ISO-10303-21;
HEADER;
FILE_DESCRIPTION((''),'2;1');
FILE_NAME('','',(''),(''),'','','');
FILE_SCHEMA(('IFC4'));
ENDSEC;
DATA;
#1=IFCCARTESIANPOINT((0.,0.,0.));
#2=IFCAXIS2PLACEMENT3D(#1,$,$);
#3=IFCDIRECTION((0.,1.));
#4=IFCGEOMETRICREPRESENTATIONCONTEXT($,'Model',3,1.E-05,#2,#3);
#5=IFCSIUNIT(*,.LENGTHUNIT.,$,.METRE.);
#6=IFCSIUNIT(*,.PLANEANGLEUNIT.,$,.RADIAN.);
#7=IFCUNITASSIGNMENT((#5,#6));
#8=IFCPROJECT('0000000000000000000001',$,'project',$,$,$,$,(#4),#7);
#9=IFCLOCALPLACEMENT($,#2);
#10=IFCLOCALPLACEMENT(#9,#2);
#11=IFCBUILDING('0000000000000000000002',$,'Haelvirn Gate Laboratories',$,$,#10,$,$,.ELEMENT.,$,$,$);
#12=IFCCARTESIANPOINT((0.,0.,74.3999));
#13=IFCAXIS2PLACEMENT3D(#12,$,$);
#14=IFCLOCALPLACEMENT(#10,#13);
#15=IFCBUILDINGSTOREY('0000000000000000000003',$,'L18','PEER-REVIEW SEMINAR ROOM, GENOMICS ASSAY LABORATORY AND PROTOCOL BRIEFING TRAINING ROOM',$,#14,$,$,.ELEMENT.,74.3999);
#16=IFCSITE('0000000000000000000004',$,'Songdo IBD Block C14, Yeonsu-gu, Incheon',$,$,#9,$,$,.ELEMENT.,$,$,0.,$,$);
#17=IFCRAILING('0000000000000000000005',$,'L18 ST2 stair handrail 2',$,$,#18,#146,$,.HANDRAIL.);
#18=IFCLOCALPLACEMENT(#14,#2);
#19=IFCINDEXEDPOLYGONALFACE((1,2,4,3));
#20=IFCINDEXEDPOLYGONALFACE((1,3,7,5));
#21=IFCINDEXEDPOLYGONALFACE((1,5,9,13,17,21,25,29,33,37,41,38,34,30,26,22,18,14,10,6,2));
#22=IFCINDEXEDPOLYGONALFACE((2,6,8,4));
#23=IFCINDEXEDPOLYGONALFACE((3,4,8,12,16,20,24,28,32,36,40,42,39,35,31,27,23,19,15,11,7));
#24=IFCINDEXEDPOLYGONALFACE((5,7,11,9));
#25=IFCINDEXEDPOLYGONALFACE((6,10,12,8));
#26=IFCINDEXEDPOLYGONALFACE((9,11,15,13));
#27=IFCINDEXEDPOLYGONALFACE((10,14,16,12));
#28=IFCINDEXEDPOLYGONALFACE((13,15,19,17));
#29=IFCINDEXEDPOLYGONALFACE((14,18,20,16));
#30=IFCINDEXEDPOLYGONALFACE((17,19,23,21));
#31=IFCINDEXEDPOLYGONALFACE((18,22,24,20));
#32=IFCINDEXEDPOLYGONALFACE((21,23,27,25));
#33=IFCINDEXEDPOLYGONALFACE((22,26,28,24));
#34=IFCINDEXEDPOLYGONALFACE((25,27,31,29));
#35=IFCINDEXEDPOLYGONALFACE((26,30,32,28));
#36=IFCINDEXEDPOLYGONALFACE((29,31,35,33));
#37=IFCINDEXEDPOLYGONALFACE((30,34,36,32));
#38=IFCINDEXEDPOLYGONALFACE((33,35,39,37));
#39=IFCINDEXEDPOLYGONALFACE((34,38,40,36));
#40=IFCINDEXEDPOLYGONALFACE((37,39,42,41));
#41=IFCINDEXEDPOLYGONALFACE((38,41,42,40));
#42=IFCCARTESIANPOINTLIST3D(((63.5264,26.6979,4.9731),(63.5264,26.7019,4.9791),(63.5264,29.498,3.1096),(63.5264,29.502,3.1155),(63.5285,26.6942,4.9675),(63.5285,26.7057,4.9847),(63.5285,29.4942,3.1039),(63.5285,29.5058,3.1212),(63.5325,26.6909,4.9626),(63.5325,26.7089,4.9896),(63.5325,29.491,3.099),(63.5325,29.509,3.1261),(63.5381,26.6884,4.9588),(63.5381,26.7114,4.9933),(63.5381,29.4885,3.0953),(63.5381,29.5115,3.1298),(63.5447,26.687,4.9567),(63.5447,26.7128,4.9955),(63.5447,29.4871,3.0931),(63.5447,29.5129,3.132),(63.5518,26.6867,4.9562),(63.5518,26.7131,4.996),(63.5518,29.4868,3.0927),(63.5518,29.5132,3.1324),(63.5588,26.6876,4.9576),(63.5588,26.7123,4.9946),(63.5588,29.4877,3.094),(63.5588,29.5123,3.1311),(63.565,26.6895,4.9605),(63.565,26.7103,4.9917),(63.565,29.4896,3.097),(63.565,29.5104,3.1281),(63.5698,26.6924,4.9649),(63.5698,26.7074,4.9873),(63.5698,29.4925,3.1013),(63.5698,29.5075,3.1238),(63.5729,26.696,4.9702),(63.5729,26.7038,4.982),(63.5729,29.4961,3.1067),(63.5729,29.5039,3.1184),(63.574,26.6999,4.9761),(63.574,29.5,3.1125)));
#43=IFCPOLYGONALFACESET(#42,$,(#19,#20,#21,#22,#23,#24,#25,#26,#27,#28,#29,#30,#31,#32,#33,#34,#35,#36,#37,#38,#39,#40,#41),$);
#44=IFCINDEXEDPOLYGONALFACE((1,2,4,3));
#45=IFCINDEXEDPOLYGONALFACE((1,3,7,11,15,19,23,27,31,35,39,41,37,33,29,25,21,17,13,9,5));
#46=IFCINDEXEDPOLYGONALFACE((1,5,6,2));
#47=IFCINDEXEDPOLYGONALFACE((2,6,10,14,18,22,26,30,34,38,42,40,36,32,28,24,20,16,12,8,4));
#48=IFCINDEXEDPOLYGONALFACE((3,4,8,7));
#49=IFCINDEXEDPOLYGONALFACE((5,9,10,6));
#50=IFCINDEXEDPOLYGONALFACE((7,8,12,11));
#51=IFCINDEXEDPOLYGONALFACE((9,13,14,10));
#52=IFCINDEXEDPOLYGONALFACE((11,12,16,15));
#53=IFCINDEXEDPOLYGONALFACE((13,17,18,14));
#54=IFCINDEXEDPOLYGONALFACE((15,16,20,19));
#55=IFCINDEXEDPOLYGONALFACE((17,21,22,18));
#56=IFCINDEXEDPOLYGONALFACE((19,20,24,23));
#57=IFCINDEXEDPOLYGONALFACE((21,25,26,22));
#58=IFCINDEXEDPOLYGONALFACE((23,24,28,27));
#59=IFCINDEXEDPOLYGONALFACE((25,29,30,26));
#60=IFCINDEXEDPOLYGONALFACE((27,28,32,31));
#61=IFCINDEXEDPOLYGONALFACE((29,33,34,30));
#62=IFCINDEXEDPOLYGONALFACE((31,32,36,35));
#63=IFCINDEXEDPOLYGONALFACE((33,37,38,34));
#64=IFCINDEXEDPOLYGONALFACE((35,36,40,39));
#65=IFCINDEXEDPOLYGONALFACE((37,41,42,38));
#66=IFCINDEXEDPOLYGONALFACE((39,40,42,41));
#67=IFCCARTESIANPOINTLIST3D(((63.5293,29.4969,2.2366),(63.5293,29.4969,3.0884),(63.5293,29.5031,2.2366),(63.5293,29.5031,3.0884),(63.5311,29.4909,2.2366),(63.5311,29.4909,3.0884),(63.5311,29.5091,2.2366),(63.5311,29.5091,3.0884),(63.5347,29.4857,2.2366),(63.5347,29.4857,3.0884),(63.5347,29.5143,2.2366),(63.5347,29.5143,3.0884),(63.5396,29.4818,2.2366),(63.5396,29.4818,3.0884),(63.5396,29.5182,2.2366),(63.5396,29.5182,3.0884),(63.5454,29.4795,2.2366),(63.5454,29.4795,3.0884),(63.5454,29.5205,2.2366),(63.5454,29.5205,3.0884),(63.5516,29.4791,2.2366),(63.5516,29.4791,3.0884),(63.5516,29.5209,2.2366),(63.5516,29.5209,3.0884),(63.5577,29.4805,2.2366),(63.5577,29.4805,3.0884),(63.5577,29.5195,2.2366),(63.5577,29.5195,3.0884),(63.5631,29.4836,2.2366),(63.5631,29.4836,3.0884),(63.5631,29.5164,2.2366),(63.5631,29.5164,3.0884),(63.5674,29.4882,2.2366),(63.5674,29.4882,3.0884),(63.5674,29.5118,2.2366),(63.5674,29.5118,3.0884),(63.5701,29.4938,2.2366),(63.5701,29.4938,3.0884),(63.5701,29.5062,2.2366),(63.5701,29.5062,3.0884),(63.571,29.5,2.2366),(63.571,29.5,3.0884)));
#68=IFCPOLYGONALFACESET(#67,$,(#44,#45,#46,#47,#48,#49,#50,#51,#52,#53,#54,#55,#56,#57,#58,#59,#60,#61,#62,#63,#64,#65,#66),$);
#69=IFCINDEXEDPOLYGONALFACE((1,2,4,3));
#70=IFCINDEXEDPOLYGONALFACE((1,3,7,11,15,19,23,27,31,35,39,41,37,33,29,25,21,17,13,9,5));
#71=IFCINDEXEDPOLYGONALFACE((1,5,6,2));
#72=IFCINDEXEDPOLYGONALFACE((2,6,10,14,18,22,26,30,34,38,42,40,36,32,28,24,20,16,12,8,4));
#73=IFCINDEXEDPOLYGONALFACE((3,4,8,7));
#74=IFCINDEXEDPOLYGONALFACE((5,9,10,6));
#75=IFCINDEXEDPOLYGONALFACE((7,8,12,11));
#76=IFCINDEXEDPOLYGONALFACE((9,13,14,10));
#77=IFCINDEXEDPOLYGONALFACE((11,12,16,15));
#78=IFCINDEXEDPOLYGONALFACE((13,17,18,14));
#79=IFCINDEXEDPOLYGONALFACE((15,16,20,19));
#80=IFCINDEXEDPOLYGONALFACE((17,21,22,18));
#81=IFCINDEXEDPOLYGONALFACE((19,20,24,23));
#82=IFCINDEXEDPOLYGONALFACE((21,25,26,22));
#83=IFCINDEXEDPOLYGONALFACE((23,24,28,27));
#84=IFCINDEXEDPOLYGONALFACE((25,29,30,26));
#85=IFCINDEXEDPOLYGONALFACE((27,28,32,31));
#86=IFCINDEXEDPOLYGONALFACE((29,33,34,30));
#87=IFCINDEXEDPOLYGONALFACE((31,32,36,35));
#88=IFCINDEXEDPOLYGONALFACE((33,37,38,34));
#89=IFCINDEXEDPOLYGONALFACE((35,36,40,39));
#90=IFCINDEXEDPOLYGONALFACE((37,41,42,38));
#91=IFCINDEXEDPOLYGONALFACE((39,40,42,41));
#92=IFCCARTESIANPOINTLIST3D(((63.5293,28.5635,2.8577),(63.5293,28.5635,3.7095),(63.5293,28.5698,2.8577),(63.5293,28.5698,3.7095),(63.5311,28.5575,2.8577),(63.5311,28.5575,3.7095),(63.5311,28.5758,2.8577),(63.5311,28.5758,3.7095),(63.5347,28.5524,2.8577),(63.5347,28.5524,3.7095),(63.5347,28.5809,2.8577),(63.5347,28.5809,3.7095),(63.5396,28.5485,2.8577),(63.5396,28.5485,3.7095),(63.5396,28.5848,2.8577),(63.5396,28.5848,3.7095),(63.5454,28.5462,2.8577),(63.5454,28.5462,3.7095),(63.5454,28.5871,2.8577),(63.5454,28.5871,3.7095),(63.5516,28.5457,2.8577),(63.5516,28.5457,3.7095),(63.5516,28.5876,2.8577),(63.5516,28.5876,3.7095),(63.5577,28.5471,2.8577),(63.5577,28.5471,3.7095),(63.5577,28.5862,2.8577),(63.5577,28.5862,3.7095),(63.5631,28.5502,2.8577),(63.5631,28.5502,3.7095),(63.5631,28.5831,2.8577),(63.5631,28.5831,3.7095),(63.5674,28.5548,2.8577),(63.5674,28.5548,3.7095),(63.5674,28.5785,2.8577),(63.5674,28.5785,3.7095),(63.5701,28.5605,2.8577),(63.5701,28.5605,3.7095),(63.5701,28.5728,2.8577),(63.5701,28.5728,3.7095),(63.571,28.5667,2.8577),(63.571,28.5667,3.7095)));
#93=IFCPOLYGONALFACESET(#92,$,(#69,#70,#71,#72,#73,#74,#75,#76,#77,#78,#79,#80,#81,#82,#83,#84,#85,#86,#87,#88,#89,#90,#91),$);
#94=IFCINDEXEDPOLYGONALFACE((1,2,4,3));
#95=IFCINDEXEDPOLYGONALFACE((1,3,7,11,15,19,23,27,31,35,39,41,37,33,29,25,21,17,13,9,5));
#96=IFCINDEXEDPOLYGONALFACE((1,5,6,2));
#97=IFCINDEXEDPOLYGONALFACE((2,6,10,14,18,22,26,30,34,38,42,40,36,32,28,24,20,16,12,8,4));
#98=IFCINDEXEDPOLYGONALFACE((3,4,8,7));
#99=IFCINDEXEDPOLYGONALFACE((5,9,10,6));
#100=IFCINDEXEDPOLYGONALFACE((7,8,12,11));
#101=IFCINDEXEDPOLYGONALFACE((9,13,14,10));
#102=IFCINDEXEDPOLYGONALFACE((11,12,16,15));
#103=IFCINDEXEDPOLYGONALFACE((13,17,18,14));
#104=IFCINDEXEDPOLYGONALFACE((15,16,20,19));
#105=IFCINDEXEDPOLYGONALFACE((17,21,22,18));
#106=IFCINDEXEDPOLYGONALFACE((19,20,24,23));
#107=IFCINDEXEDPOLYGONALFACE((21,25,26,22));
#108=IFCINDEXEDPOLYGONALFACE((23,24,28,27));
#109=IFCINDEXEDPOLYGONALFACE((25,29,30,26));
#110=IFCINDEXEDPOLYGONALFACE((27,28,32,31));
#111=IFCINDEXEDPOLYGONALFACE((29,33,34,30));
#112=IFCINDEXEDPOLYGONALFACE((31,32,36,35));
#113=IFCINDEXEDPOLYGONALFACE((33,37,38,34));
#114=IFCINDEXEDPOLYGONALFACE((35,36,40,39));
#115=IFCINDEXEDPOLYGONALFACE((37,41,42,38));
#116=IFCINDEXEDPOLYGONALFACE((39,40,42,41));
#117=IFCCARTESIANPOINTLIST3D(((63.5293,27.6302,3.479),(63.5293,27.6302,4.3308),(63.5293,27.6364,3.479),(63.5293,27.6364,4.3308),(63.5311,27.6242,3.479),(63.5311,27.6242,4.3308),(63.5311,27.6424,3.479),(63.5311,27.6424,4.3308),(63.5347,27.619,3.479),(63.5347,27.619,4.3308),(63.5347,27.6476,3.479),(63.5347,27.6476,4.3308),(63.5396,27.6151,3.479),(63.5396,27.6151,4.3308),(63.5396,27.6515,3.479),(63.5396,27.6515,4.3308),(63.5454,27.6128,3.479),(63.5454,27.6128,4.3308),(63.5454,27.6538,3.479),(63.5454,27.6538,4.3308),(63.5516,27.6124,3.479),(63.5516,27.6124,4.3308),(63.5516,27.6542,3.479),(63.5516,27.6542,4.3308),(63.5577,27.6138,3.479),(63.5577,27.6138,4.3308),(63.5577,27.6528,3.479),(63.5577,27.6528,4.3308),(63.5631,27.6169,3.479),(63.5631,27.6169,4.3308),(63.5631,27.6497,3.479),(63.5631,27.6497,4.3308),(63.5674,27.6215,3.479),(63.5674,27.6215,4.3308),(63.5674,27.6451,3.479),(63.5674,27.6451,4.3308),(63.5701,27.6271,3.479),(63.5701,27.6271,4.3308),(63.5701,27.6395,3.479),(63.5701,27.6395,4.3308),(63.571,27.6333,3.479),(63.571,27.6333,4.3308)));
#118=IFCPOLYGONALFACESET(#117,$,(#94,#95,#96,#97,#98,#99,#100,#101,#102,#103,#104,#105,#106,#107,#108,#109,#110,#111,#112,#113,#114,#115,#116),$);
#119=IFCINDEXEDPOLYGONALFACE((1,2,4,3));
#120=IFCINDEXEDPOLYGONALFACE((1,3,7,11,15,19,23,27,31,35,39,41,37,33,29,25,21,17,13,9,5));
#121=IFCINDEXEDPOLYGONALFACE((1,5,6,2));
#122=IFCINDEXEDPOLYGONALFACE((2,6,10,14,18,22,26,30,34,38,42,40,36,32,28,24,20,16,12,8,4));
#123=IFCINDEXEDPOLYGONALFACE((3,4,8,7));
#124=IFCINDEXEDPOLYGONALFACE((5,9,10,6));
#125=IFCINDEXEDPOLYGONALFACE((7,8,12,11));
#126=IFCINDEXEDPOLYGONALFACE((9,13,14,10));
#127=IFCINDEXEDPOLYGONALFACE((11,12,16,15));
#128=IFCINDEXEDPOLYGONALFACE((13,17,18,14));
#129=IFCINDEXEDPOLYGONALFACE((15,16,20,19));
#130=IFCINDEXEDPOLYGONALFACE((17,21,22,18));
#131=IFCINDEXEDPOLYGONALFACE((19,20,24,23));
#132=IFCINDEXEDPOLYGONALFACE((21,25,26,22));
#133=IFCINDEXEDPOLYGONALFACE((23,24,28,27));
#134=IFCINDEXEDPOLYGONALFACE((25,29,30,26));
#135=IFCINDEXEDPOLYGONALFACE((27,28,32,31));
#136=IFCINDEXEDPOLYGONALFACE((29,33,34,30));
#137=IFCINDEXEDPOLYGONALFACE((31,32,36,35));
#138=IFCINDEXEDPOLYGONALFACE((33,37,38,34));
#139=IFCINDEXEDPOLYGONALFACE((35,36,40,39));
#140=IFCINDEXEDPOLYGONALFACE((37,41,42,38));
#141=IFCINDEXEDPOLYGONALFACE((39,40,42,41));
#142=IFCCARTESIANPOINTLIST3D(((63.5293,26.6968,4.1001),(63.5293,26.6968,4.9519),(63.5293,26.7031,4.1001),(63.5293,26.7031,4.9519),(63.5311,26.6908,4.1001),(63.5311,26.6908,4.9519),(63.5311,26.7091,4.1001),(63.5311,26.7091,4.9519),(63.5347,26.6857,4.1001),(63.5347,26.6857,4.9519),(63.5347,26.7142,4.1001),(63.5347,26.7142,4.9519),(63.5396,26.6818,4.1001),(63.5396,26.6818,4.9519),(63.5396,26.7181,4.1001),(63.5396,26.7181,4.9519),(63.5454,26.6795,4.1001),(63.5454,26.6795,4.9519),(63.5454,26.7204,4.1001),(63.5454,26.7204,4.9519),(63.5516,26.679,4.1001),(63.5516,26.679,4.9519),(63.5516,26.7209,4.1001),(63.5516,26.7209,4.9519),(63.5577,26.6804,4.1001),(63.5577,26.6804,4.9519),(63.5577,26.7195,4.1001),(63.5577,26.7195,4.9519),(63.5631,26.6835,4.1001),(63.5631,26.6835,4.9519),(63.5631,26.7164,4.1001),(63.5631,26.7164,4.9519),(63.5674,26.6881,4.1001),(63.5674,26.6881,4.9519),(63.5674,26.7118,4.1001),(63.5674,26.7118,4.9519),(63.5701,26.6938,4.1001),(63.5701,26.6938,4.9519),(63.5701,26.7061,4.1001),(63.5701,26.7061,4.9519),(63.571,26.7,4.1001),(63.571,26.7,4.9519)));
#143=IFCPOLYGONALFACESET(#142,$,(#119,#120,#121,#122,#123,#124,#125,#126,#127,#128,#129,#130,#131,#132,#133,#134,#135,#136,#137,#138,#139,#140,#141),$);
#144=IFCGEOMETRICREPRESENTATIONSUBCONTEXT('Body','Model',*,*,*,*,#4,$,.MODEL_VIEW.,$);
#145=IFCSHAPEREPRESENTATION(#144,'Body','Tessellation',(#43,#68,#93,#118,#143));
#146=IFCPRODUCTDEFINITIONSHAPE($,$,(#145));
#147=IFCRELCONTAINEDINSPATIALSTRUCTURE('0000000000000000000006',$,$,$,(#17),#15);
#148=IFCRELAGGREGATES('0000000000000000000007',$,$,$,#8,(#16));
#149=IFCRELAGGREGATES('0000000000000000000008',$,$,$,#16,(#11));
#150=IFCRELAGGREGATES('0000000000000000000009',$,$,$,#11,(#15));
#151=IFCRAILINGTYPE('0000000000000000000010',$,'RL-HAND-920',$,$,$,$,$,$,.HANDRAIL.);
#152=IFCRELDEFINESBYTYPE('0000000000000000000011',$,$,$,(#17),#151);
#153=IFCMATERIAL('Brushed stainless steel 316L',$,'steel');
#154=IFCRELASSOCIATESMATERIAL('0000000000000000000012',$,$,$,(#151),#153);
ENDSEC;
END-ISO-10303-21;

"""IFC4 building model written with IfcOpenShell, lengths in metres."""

from ifc_helpers import new_model, si_unit, direction, frame, origin, origin_2d, place, context, subcontext, project, spatial, circle, extrude, source, transform, mapped, material, type_object, element, save


model = new_model("IFC4")

# Units and contexts
model_context = context("Model", 3, precision=1e-05, world=origin(), true_north=direction((0.0, 1.0)))
body_context = subcontext(model_context, "Body", "Model", "MODEL_VIEW")
ifc_project = project(units=[si_unit("LENGTHUNIT", "METRE"), si_unit("PLANEANGLEUNIT", "RADIAN")], contexts=[model_context])

# Site, building, storey
site_placement = place(None, origin())
site = spatial("IfcSite", under=ifc_project, at=site_placement, Name="Songdo IBD Block C14, Yeonsu-gu, Incheon", CompositionType="ELEMENT", RefElevation=0.0)
building_placement = place(site_placement, origin())
building = spatial("IfcBuilding", under=site, at=building_placement, Name="Haelvirn Gate Laboratories", CompositionType="ELEMENT")
storey_placement = place(building_placement, frame((0.0, 0.0, 74.3999)))
storey = spatial("IfcBuildingStorey", under=building, at=storey_placement, Name="L18", Description="PEER-REVIEW SEMINAR ROOM, GENOMICS ASSAY LABORATORY AND PROTOCOL BRIEFING TRAINING ROOM", CompositionType="ELEMENT", Elevation=74.3999)

# Railing
ifc_material_1 = material(Name="Brushed stainless steel 316L", Category="steel")
railing_type_1 = type_object("IfcRailingType", Name="RL-HAND-920", PredefinedType="HANDRAIL", material=ifc_material_1)
shared_shape_1 = source(origin(), body_context, "Body", "SweptSolid", [
    extrude(circle(Radius=0.0239, at=origin_2d()), frame((0.0, 0.0, 0.876), z_axis=(0.0, -0.832486, 0.554047), x_axis=(1.0, 0.0, 0.0)), (0.0, 0.0, 1.0), 3.3635),
    extrude(circle(Radius=0.021, at=origin_2d()), origin(), (0.0, 0.0, 1.0), 0.8518),
    extrude(circle(Radius=0.021, at=origin_2d()), frame((0.0, -0.9333, 0.6211)), (0.0, 0.0, 1.0), 0.8518),
    extrude(circle(Radius=0.021, at=origin_2d()), frame((0.0, -1.8667, 1.2424)), (0.0, 0.0, 1.0), 0.8518),
    extrude(circle(Radius=0.021, at=origin_2d()), frame((0.0, -2.8, 1.8635)), (0.0, 0.0, 1.0), 0.8518),
])
railing_1_placement = place(storey_placement, frame((63.55, 29.5, 2.2366)))
element("IfcRailing", 1, at=railing_1_placement, inside=storey, type_object=railing_type_1, Name="L18 ST2 stair handrail 2", PredefinedType="HANDRAIL", context=body_context, shape_type="MappedRepresentation", body=[
    mapped(shared_shape_1, transform((0.0, 0.0, 0.0), scale=1.0)),
])

save(model, "model.ifc")
